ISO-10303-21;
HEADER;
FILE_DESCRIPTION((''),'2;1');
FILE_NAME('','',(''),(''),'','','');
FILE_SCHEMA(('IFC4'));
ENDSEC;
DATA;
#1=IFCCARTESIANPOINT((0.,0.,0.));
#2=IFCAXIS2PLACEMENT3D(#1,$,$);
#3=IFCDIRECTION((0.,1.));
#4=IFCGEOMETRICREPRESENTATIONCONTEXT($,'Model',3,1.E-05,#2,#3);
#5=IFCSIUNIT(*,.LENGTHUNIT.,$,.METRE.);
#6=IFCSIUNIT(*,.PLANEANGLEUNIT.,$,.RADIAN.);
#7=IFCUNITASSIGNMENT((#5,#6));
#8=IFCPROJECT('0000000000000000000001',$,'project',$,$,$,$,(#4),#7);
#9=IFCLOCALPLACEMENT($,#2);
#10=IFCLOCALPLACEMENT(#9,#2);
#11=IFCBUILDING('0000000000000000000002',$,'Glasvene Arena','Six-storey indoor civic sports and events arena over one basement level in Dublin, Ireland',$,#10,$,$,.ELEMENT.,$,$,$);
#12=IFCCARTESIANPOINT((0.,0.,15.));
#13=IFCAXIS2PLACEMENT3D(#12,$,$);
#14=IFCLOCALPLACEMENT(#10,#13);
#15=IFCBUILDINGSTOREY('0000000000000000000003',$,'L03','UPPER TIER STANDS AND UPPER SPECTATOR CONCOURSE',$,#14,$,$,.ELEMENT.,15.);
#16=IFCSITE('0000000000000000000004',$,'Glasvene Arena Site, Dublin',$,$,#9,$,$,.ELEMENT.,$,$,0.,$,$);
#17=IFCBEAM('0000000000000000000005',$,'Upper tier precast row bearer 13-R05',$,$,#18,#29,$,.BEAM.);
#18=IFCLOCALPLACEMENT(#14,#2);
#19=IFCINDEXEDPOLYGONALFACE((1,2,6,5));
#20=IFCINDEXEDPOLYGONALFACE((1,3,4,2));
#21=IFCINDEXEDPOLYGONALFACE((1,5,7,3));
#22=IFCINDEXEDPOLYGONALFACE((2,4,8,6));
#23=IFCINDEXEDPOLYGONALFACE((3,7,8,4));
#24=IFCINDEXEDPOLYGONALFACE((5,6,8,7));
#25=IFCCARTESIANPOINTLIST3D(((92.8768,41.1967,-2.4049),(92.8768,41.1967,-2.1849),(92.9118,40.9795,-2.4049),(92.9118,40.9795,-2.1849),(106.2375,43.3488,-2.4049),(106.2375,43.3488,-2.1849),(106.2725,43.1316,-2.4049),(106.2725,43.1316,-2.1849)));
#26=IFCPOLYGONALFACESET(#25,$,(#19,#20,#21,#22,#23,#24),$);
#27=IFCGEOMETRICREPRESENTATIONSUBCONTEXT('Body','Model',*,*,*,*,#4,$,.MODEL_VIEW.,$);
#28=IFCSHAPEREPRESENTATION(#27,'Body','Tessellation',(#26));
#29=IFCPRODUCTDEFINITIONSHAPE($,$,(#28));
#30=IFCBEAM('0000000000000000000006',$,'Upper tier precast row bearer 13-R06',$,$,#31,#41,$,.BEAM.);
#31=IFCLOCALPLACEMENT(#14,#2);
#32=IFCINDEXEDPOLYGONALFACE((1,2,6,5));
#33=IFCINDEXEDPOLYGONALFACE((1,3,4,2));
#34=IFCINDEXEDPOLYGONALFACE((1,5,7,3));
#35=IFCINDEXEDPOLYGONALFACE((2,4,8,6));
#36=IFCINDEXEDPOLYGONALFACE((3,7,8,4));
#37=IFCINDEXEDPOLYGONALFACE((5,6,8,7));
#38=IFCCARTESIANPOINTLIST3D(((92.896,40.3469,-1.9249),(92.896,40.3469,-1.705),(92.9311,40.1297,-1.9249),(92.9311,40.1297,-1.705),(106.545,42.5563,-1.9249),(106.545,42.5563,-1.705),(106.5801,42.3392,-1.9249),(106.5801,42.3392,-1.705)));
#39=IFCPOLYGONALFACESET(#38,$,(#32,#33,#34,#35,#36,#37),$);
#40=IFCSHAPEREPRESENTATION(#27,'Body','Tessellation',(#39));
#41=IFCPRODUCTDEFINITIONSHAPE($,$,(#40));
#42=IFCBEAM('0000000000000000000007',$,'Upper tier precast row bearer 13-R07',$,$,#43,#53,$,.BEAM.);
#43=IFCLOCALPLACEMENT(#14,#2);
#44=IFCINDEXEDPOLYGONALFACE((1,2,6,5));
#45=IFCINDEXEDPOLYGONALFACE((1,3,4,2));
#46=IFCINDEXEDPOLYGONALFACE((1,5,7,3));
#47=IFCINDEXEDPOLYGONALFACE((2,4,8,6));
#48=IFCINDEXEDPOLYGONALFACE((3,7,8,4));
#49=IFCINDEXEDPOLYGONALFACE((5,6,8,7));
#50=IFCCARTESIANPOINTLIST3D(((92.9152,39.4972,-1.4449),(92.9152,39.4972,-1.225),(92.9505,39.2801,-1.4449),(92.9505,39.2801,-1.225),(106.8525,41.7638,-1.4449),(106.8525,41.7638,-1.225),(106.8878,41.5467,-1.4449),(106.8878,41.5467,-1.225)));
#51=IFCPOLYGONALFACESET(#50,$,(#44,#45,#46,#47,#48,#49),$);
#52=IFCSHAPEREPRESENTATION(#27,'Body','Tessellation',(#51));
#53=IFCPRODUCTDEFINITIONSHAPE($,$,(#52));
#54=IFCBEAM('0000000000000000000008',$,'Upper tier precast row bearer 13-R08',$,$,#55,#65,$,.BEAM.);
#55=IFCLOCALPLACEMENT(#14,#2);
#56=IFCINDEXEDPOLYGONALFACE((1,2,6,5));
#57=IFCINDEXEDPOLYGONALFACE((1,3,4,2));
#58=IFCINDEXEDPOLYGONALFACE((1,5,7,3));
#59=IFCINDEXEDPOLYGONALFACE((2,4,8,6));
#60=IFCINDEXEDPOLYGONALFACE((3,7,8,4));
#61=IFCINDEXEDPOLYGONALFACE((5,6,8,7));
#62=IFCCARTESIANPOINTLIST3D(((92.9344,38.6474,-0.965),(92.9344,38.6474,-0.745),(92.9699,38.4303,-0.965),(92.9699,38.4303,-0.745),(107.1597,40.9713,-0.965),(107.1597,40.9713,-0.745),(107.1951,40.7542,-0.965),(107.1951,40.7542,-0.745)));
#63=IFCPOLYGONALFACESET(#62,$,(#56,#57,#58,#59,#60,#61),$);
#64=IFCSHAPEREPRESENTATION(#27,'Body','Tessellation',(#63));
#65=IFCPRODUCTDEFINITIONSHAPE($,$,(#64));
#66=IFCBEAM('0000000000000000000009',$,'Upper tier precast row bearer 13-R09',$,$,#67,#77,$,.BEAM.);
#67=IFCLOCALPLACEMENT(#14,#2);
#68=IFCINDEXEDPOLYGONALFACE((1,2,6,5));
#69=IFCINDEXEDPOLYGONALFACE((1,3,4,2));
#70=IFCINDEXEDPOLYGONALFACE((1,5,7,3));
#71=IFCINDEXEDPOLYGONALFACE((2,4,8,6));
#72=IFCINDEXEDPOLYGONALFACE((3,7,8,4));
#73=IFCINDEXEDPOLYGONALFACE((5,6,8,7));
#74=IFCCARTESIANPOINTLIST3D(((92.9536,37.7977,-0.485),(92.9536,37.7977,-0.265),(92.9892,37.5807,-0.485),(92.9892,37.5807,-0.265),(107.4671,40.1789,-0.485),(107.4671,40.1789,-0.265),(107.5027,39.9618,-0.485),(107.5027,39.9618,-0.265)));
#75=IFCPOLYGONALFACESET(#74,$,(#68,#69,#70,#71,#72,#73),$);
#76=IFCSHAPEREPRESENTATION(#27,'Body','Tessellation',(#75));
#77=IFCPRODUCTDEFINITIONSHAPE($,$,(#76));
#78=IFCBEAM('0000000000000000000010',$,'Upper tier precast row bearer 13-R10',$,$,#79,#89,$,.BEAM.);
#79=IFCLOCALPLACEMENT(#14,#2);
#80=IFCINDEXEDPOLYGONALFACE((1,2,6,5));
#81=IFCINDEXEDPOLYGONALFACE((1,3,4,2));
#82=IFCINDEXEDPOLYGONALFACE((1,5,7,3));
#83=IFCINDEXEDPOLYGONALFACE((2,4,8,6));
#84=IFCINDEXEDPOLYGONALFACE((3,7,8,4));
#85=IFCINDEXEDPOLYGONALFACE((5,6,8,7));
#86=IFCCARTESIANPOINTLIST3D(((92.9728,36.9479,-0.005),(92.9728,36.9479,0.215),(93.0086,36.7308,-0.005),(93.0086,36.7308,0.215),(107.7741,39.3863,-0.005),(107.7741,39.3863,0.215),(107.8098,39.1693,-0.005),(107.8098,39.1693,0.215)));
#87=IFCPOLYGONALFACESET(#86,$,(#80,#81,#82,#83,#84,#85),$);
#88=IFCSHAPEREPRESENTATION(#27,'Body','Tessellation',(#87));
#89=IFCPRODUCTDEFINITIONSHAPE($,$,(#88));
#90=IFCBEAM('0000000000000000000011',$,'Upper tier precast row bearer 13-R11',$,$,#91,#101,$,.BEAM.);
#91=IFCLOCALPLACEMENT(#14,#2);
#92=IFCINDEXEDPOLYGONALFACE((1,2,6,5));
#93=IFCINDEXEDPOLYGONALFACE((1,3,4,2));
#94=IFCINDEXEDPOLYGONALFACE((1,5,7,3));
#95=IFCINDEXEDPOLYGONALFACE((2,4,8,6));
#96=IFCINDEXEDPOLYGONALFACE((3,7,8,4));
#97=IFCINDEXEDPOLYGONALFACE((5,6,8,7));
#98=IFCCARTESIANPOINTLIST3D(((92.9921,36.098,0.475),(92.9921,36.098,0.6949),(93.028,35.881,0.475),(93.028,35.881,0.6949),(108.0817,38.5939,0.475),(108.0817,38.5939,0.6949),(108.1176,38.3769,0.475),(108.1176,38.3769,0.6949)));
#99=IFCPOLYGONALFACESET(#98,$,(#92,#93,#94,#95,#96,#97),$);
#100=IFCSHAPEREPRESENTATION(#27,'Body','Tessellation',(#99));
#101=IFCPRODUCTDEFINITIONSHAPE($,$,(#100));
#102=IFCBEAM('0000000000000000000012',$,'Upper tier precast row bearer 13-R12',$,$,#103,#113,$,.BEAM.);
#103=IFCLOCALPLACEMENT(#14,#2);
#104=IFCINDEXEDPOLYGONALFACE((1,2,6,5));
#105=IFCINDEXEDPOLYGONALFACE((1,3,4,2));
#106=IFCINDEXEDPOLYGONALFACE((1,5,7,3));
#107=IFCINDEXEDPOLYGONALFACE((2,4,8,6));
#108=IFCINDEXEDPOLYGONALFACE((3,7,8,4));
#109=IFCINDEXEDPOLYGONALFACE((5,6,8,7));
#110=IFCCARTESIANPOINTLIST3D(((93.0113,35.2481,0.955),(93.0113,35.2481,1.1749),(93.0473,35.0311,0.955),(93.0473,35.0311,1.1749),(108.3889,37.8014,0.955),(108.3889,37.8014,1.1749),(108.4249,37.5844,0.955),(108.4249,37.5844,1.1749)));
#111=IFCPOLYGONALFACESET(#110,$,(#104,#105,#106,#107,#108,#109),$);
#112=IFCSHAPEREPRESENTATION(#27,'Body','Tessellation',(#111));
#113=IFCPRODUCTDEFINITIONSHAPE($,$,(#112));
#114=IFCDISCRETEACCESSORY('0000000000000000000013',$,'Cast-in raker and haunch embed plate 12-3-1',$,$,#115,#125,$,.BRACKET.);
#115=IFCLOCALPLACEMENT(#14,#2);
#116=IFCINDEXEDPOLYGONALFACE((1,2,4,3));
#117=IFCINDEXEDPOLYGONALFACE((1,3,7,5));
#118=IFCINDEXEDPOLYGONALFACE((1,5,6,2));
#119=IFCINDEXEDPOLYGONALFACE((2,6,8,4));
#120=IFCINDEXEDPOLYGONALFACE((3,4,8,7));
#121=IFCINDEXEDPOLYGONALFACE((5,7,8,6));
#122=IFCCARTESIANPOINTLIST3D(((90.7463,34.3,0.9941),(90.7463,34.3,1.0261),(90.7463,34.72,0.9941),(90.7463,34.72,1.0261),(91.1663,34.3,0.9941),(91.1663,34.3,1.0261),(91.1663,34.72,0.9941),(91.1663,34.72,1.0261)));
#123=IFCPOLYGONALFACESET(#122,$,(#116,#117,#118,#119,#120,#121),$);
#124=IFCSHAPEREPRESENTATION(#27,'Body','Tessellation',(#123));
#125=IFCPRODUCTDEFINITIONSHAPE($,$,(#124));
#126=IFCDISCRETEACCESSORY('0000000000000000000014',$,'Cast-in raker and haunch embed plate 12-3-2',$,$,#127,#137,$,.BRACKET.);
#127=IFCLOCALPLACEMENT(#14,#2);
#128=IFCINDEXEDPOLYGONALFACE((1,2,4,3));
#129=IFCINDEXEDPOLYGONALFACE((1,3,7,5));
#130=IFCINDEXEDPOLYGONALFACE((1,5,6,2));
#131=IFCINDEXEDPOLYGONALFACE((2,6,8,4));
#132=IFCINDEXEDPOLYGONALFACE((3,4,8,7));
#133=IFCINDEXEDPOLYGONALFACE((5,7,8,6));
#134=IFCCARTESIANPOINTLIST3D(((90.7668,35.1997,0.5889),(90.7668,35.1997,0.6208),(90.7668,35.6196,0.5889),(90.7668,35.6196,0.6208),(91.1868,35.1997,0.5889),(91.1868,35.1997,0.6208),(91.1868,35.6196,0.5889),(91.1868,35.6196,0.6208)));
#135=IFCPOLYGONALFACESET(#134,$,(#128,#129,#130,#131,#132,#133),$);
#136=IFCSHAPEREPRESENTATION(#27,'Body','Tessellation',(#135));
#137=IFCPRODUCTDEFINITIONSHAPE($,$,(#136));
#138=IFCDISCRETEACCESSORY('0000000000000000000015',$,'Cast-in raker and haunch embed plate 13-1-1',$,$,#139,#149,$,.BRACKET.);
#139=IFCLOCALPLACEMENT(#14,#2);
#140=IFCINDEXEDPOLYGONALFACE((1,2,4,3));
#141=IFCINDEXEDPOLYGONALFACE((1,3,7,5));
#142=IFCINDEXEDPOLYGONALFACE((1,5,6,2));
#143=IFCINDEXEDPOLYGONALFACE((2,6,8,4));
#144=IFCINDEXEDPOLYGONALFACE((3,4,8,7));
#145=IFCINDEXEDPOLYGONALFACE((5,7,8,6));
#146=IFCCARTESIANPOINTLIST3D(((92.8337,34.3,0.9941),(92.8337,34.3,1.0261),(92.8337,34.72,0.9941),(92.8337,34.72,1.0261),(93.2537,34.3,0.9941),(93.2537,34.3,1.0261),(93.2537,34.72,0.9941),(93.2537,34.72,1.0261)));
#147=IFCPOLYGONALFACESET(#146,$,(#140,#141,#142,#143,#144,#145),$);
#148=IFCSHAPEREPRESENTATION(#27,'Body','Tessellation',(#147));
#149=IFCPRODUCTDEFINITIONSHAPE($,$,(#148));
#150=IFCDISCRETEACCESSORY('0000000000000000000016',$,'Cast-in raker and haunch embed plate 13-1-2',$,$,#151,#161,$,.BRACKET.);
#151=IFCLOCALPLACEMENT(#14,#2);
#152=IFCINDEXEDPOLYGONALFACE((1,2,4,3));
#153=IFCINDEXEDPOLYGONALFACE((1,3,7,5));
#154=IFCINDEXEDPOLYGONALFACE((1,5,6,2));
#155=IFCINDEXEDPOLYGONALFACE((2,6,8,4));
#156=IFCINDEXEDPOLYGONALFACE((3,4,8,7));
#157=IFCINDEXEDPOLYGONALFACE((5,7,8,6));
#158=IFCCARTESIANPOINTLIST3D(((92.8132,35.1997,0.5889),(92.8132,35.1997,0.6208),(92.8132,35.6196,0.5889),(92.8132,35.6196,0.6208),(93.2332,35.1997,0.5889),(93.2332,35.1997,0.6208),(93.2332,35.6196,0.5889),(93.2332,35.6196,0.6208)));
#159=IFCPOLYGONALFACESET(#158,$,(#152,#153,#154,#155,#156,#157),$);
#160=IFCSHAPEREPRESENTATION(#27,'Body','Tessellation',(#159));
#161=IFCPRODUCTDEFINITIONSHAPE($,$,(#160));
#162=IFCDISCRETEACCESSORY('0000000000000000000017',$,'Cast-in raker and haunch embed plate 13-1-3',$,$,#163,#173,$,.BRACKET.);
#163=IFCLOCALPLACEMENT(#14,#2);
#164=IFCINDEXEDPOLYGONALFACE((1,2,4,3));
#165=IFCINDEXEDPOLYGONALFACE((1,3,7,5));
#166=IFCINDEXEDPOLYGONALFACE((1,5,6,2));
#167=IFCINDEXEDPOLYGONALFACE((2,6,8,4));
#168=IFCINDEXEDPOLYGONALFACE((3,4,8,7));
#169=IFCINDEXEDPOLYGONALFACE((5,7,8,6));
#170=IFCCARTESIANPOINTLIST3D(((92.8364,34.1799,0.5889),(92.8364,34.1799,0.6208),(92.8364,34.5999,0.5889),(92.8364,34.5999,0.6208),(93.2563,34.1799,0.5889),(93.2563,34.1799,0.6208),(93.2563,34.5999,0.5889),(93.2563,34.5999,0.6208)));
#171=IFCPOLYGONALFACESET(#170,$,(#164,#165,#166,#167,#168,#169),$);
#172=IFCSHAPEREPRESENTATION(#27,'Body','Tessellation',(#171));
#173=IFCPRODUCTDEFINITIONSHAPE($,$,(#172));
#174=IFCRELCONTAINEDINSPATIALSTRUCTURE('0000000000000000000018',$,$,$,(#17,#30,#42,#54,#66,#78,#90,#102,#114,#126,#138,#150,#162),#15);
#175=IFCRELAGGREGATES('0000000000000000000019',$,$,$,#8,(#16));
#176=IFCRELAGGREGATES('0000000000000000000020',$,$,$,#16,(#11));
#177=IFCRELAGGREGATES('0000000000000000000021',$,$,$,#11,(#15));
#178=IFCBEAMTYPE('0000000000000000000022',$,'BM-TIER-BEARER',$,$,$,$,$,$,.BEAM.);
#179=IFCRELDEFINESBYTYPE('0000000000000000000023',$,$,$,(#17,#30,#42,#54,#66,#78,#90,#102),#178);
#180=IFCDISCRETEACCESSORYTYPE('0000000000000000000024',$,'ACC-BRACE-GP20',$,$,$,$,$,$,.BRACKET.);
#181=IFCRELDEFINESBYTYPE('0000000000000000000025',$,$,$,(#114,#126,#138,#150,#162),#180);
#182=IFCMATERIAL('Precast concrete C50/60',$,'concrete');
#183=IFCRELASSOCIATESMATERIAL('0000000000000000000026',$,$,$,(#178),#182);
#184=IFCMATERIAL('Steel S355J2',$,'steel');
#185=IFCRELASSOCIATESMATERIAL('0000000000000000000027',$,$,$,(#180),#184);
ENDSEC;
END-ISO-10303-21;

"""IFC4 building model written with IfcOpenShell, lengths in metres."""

from ifc_helpers import new_model, si_unit, direction, frame, origin, origin_2d, place, context, subcontext, project, spatial, rectangle, extrude, material, material_profile, profile_set, type_object, element, save


model = new_model("IFC4")

# Units and contexts
model_context = context("Model", 3, precision=1e-05, world=origin(), true_north=direction((0.0, 1.0)))
body_context = subcontext(model_context, "Body", "Model", "MODEL_VIEW")
ifc_project = project(units=[si_unit("LENGTHUNIT", "METRE"), si_unit("PLANEANGLEUNIT", "RADIAN")], contexts=[model_context])

# Site, building, storey
site_placement = place(None, origin())
site = spatial("IfcSite", under=ifc_project, at=site_placement, Name="Glasvene Arena Site, Dublin", CompositionType="ELEMENT", RefElevation=0.0)
building_placement = place(site_placement, origin())
building = spatial("IfcBuilding", under=site, at=building_placement, Name="Glasvene Arena", Description="Six-storey indoor civic sports and events arena over one basement level in Dublin, Ireland", CompositionType="ELEMENT")
storey_placement = place(building_placement, frame((0.0, 0.0, 15.0)))
storey = spatial("IfcBuildingStorey", under=building, at=storey_placement, Name="L03", Description="UPPER TIER STANDS AND UPPER SPECTATOR CONCOURSE", CompositionType="ELEMENT", Elevation=15.0)

# Shared definitions
ifc_material_1 = material(Name="Steel S355J2", Category="steel")

# Beams
ifc_material_2 = material(Name="Precast concrete C50/60", Category="concrete")
ifc_material_profile_1 = material_profile(ifc_material_2, rectangle(XDim=0.22, YDim=0.22, at=origin_2d()), Name="RC 220x220")
ifc_profile_set_1 = profile_set([ifc_material_profile_1], Name="Precast concrete C50/60")
beam_type_1 = type_object("IfcBeamType", Name="BM-TIER-BEARER", PredefinedType="BEAM", material=ifc_profile_set_1)
beam_1_placement = place(storey_placement, frame((92.8943, 41.0881, -2.2949), z_axis=(0.987274, 0.159025, 0.0), x_axis=(-0.159025, 0.987274, 0.0)))
element("IfcBeam", 1, at=beam_1_placement, inside=storey, type_object=beam_type_1, Name="Upper tier precast row bearer 13-R05", PredefinedType="BEAM", context=body_context, shape_type="SweptSolid", body=[
    extrude(rectangle(XDim=0.22, YDim=0.22, at=origin_2d()), origin(), (0.0, 0.0, 1.0), 13.533),
])
beam_2_placement = place(storey_placement, frame((92.9136, 40.2383, -1.8149), z_axis=(0.98715, 0.159799, 0.0), x_axis=(-0.159799, 0.98715, 0.0)))
element("IfcBeam", 2, at=beam_2_placement, inside=storey, type_object=beam_type_1, Name="Upper tier precast row bearer 13-R06", PredefinedType="BEAM", context=body_context, shape_type="SweptSolid", body=[
    extrude(rectangle(XDim=0.22, YDim=0.22, at=origin_2d()), origin(), (0.0, 0.0, 1.0), 13.8267),
])
beam_3_placement = place(storey_placement, frame((92.9329, 39.3887, -1.335), z_axis=(0.987033, 0.16052, 0.0), x_axis=(-0.16052, 0.987033, 0.0)))
element("IfcBeam", 3, at=beam_3_placement, inside=storey, type_object=beam_type_1, Name="Upper tier precast row bearer 13-R07", PredefinedType="BEAM", context=body_context, shape_type="SweptSolid", body=[
    extrude(rectangle(XDim=0.22, YDim=0.22, at=origin_2d()), origin(), (0.0, 0.0, 1.0), 14.1204),
])
beam_4_placement = place(storey_placement, frame((92.9521, 38.5388, -0.855), z_axis=(0.986917, 0.161231, 0.0), x_axis=(-0.161231, 0.986917, 0.0)))
element("IfcBeam", 4, at=beam_4_placement, inside=storey, type_object=beam_type_1, Name="Upper tier precast row bearer 13-R08", PredefinedType="BEAM", context=body_context, shape_type="SweptSolid", body=[
    extrude(rectangle(XDim=0.22, YDim=0.22, at=origin_2d()), origin(), (0.0, 0.0, 1.0), 14.4138),
])
beam_5_placement = place(storey_placement, frame((92.9714, 37.6892, -0.375), z_axis=(0.986808, 0.161898, 0.0), x_axis=(-0.161898, 0.986808, 0.0)))
element("IfcBeam", 5, at=beam_5_placement, inside=storey, type_object=beam_type_1, Name="Upper tier precast row bearer 13-R09", PredefinedType="BEAM", context=body_context, shape_type="SweptSolid", body=[
    extrude(rectangle(XDim=0.22, YDim=0.22, at=origin_2d()), origin(), (0.0, 0.0, 1.0), 14.7075),
])
beam_6_placement = place(storey_placement, frame((92.9907, 36.8394, 0.105), z_axis=(0.986699, 0.162557, 0.0), x_axis=(-0.162557, 0.986699, 0.0)))
element("IfcBeam", 6, at=beam_6_placement, inside=storey, type_object=beam_type_1, Name="Upper tier precast row bearer 13-R10", PredefinedType="BEAM", context=body_context, shape_type="SweptSolid", body=[
    extrude(rectangle(XDim=0.22, YDim=0.22, at=origin_2d()), origin(), (0.0, 0.0, 1.0), 15.0007),
])
beam_7_placement = place(storey_placement, frame((93.01, 35.9895, 0.585), z_axis=(0.986596, 0.163185, 0.0), x_axis=(-0.163185, 0.986596, 0.0)))
element("IfcBeam", 7, at=beam_7_placement, inside=storey, type_object=beam_type_1, Name="Upper tier precast row bearer 13-R11", PredefinedType="BEAM", context=body_context, shape_type="SweptSolid", body=[
    extrude(rectangle(XDim=0.22, YDim=0.22, at=origin_2d()), origin(), (0.0, 0.0, 1.0), 15.2947),
])
beam_8_placement = place(storey_placement, frame((93.0293, 35.1396, 1.0649), z_axis=(0.986495, 0.163792, 0.0), x_axis=(-0.163792, 0.986495, 0.0)))
element("IfcBeam", 8, at=beam_8_placement, inside=storey, type_object=beam_type_1, Name="Upper tier precast row bearer 13-R12", PredefinedType="BEAM", context=body_context, shape_type="SweptSolid", body=[
    extrude(rectangle(XDim=0.22, YDim=0.22, at=origin_2d()), origin(), (0.0, 0.0, 1.0), 15.5881),
])

# Discrete accessories
discrete_accessory_type = type_object("IfcDiscreteAccessoryType", Name="ACC-BRACE-GP20", PredefinedType="BRACKET", material=ifc_material_1)
for number, where, z_axis, x_axis, name in (
    (9, (90.9563, 34.51, 0.9941), (0.0, 0.0, 1.0), (1.0, 0.0, 0.0), "Cast-in raker and haunch embed plate 12-3-1"),
    (10, (90.9768, 35.4097, 0.5889), (0.0, 0.0, 1.0), (1.0, 0.0, 0.0), "Cast-in raker and haunch embed plate 12-3-2"),
    (11, (93.0437, 34.51, 0.9941), (0.0, 0.0, 1.0), (1.0, 0.0, 0.0), "Cast-in raker and haunch embed plate 13-1-1"),
    (12, (93.0232, 35.4097, 0.5889), (0.0, 0.0, 1.0), (1.0, 0.0, 0.0), "Cast-in raker and haunch embed plate 13-1-2"),
    (13, (93.0464, 34.3899, 0.5889), (0.0, 0.0, 1.0), (1.0, 0.0, 0.0), "Cast-in raker and haunch embed plate 13-1-3"),
):
    element("IfcDiscreteAccessory", number, at=place(storey_placement, frame(where, z_axis=z_axis, x_axis=x_axis)), inside=storey, type_object=discrete_accessory_type, Name=name, PredefinedType="BRACKET", context=body_context, shape_type="SweptSolid", body=[
        extrude(rectangle(XDim=0.4199, YDim=0.4199, at=origin_2d()), origin(), (0.0, 0.0, 1.0), 0.032),
    ])

save(model, "model.ifc")
